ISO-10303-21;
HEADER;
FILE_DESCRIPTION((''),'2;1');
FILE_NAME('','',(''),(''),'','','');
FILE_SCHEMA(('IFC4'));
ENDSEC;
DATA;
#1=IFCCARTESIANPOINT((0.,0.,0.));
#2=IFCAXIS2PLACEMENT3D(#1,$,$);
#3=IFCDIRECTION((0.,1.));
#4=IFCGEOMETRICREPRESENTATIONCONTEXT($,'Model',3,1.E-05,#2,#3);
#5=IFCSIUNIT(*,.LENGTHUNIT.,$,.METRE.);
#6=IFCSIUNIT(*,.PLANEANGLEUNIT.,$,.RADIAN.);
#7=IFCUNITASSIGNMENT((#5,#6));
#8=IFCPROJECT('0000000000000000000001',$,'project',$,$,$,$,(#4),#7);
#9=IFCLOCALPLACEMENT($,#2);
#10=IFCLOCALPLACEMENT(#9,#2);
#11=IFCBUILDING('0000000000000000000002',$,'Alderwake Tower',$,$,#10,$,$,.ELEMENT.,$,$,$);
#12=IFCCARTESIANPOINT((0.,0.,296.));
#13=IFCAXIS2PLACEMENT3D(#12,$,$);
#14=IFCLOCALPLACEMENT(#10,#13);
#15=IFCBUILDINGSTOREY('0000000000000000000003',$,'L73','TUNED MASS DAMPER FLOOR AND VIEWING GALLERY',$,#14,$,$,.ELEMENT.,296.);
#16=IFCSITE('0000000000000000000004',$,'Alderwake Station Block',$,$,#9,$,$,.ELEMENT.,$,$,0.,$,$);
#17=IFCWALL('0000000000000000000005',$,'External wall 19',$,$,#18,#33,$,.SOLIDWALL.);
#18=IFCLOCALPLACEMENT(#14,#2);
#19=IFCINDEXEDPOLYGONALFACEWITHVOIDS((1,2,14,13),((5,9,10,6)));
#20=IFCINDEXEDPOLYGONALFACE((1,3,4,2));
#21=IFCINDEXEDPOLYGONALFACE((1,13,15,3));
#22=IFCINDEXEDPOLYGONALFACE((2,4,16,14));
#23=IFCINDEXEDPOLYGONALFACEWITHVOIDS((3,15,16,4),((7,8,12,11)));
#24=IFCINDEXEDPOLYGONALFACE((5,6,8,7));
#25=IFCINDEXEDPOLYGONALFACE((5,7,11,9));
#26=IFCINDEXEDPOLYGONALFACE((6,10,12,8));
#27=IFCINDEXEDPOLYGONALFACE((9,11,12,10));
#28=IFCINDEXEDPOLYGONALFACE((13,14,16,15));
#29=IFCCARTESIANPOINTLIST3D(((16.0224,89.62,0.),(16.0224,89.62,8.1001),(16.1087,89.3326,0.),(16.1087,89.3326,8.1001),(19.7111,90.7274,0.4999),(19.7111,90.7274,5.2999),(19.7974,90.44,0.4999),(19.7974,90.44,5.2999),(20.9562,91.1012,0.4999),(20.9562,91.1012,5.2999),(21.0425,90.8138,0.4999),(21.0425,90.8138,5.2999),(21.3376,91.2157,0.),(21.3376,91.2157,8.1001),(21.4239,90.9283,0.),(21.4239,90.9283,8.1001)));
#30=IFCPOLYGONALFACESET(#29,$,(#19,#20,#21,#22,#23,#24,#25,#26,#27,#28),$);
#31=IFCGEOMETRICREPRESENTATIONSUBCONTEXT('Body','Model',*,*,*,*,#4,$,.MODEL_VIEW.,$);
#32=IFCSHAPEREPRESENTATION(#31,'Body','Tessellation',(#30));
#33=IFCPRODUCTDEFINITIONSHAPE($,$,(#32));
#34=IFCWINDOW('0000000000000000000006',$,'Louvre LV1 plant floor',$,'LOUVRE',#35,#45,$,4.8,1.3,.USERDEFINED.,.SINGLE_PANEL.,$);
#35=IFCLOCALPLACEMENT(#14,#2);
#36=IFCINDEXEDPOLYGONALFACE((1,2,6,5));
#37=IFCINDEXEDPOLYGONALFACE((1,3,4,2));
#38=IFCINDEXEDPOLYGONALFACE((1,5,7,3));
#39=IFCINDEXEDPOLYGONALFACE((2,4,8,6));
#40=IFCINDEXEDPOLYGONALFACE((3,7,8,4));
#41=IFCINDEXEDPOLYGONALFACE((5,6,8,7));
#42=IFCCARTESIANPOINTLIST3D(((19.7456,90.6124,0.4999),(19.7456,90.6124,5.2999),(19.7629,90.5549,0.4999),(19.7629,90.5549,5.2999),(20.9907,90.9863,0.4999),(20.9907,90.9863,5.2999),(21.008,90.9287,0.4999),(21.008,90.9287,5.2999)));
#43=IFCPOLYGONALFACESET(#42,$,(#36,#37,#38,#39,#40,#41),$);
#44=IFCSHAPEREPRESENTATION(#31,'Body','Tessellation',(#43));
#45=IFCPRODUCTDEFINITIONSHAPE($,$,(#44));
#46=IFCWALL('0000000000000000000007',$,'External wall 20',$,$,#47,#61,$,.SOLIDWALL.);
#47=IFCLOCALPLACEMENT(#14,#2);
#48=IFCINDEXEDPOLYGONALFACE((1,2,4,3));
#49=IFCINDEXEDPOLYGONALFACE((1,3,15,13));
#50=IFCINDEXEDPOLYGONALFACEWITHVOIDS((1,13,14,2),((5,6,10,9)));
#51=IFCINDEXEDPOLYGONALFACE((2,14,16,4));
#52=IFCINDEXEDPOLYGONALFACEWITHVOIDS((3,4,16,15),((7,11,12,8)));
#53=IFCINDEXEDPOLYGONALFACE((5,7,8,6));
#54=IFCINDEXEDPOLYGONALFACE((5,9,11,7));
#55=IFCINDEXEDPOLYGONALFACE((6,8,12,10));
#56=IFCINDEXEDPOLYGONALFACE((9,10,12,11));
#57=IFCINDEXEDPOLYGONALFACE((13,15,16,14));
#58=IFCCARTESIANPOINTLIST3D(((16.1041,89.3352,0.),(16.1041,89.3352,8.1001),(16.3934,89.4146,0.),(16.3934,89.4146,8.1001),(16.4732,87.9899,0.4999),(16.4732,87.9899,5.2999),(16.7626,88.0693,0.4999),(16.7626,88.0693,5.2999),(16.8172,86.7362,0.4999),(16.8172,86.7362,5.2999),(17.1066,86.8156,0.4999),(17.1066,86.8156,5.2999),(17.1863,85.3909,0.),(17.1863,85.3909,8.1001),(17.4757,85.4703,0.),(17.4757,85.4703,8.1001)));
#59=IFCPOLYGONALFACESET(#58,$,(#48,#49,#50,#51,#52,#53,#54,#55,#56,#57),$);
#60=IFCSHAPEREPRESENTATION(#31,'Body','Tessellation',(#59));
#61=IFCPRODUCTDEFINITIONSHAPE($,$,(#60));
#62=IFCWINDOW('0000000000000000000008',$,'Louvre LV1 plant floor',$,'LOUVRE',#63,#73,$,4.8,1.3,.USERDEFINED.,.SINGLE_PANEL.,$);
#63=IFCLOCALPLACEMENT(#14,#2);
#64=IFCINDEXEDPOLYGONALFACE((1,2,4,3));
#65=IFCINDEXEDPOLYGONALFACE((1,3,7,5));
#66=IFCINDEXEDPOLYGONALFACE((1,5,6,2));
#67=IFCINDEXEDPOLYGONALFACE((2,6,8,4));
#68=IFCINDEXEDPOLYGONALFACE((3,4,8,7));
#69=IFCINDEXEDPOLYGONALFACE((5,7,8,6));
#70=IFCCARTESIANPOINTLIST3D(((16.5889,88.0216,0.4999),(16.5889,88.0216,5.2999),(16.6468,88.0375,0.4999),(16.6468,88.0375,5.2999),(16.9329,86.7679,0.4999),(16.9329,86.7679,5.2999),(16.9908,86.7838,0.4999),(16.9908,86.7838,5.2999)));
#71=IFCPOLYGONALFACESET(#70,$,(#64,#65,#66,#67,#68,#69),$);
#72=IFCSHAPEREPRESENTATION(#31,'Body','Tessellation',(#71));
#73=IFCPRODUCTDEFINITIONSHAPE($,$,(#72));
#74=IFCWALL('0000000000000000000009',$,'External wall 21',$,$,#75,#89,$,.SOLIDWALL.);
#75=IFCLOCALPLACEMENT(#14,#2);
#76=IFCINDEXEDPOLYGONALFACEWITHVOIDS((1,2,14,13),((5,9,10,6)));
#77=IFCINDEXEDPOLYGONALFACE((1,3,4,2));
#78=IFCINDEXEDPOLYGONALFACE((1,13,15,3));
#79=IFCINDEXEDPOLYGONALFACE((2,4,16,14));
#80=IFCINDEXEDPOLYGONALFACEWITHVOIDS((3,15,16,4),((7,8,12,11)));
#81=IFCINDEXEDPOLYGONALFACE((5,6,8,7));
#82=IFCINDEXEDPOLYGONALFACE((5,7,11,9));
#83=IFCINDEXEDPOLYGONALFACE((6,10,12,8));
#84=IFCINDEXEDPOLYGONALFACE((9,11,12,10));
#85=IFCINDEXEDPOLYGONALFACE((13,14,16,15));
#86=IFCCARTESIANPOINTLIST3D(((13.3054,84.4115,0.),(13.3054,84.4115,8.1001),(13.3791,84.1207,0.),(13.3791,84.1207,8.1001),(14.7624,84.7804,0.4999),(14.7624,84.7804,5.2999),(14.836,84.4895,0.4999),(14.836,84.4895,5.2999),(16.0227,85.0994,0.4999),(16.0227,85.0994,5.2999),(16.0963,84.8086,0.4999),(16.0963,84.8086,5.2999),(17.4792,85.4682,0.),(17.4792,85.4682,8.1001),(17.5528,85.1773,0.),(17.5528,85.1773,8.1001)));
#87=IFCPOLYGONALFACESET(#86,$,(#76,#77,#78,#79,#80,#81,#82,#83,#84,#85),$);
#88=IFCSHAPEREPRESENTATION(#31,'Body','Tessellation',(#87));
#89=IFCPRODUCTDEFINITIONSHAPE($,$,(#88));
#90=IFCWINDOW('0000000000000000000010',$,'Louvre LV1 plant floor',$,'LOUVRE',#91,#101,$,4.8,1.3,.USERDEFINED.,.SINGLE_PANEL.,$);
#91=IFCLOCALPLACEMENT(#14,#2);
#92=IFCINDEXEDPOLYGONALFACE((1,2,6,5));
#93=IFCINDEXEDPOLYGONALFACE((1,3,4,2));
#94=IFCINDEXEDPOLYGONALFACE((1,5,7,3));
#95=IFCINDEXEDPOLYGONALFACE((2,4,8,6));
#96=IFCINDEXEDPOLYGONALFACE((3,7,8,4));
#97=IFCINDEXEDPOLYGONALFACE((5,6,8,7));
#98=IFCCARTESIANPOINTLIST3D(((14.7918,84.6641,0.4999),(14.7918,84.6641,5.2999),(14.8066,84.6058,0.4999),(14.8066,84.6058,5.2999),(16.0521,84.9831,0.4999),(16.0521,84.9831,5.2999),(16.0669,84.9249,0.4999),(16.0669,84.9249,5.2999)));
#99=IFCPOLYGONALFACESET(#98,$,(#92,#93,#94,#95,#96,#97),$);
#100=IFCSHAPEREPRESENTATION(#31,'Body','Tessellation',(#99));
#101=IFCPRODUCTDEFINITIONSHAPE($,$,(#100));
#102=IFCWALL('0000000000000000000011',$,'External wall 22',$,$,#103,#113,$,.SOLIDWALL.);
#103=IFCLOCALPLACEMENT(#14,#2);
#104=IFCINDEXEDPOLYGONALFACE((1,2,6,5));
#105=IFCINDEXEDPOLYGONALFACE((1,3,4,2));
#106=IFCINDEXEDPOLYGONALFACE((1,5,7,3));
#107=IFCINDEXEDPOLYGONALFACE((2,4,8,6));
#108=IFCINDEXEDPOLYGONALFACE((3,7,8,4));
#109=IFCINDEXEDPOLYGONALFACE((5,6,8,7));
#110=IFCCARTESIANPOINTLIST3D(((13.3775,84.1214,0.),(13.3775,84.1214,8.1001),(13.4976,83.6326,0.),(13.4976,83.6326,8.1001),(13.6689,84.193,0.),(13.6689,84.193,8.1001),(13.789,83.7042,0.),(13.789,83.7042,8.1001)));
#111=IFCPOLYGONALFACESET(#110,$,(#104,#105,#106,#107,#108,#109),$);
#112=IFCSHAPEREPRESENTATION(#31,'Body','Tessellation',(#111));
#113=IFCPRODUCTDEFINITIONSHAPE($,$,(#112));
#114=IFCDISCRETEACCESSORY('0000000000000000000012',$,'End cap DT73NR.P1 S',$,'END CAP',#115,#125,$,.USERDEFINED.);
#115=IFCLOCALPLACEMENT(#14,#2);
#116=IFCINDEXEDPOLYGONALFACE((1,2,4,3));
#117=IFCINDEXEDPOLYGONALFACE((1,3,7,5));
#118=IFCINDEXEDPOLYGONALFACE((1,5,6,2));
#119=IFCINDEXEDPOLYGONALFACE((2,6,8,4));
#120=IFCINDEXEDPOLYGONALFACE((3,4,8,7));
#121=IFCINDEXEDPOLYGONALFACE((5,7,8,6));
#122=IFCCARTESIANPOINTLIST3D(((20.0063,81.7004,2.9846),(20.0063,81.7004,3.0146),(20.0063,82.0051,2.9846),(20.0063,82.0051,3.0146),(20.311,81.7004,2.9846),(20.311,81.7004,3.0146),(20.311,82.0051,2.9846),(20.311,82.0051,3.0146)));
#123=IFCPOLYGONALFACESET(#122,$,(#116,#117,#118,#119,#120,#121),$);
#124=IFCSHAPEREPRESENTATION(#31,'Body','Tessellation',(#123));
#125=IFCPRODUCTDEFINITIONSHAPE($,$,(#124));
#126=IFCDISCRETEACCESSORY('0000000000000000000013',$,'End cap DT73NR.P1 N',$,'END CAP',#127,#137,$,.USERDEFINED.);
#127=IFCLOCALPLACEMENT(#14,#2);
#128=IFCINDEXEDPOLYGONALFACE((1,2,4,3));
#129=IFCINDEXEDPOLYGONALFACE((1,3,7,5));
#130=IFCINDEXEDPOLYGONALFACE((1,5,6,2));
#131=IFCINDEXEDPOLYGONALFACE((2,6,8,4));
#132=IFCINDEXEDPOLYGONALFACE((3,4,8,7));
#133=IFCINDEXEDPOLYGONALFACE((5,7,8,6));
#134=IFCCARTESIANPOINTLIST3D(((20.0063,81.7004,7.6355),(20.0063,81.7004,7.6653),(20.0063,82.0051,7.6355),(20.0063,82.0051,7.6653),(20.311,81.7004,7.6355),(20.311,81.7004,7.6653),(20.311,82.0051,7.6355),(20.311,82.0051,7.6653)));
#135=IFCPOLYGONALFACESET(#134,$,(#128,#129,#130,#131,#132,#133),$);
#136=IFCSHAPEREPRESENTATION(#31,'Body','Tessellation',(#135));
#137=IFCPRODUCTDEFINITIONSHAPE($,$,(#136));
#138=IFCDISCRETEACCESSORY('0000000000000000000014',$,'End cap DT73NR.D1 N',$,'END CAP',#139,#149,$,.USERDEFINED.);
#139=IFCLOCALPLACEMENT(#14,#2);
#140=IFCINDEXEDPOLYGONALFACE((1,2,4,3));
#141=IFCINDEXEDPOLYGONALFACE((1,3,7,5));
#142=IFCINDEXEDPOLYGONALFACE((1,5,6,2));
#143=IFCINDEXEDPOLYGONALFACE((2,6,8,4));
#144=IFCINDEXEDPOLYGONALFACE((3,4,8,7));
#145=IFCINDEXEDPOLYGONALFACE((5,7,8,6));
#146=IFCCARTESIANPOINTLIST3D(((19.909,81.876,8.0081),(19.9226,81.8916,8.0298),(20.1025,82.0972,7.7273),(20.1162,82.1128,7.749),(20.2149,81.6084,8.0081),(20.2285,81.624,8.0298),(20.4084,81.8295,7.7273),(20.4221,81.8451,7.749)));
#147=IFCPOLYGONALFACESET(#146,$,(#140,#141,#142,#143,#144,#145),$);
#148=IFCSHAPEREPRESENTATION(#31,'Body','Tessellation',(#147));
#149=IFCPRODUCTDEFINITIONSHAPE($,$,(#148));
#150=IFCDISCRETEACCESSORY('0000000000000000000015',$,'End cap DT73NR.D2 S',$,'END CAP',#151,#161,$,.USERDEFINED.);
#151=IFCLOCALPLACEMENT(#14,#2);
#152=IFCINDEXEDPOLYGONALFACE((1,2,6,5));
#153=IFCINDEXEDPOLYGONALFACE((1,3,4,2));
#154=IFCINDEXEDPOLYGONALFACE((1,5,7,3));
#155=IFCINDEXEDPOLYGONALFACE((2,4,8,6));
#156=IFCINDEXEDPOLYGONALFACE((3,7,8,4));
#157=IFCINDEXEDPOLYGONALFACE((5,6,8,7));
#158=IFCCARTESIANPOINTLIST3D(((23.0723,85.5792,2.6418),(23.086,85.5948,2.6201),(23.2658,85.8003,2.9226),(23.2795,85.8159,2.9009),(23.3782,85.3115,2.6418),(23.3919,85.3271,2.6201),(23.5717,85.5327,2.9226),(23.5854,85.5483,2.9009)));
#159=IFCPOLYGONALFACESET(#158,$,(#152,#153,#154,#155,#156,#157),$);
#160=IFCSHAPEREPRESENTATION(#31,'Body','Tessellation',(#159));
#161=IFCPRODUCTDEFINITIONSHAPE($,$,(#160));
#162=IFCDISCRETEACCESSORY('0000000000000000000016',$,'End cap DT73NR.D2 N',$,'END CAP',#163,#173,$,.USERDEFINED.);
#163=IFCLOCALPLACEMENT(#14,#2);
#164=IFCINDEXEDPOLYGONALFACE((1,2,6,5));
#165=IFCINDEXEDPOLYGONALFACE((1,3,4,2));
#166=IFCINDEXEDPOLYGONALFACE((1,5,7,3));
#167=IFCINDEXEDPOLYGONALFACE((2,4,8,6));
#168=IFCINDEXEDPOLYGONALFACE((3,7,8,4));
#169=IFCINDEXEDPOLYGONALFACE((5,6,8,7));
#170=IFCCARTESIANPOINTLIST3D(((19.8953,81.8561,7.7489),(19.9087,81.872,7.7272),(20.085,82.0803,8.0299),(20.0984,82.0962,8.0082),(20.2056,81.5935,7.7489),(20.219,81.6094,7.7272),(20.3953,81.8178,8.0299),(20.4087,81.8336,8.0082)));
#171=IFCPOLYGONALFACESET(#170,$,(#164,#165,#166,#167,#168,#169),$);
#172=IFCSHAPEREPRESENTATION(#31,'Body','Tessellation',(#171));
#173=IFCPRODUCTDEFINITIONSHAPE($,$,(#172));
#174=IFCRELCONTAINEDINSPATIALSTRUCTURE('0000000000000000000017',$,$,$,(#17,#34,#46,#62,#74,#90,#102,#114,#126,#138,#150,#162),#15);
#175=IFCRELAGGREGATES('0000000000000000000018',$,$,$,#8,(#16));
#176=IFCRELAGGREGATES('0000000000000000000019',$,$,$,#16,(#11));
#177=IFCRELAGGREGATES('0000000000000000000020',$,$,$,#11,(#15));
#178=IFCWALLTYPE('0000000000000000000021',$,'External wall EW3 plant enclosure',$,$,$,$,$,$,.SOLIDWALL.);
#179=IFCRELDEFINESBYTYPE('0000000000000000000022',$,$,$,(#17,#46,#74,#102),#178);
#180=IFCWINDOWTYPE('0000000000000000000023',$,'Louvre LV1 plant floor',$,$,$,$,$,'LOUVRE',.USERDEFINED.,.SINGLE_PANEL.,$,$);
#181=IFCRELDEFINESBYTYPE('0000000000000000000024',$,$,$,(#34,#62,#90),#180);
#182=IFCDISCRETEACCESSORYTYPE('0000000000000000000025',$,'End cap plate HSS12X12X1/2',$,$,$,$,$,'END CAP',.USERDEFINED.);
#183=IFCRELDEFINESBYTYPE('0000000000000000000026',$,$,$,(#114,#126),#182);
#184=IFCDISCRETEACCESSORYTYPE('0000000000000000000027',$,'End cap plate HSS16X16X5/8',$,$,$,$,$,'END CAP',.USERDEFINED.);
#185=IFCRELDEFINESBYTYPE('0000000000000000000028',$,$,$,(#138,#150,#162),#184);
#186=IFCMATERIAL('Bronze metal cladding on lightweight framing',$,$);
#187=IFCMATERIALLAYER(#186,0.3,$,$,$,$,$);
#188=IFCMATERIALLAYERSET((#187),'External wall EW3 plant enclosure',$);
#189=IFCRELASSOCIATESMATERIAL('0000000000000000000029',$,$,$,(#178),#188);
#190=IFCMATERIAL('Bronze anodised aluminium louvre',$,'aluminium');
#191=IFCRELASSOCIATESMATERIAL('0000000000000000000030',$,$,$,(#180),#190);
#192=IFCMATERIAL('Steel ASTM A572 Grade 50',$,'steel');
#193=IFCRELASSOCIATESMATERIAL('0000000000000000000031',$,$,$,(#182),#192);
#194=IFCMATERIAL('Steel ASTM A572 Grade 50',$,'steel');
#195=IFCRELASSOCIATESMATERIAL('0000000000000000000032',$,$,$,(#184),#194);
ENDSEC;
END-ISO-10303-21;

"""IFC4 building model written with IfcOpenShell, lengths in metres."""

from ifc_helpers import new_model, si_unit, direction, frame, frame_2d, origin, origin_2d, place, context, subcontext, project, spatial, rectangle, extrude, material, layer, layer_set, material_profile, profile_set, type_object, element, fill, save


model = new_model("IFC4")

# Units and contexts
model_context = context("Model", 3, precision=1e-05, world=origin(), true_north=direction((0.0, 1.0)))
body_context = subcontext(model_context, "Body", "Model", "MODEL_VIEW")
ifc_project = project(units=[si_unit("LENGTHUNIT", "METRE"), si_unit("PLANEANGLEUNIT", "RADIAN")], contexts=[model_context])

# Site, building, storey
site_placement = place(None, origin())
site = spatial("IfcSite", under=ifc_project, at=site_placement, Name="Alderwake Station Block", CompositionType="ELEMENT", RefElevation=0.0)
building_placement = place(site_placement, origin())
building = spatial("IfcBuilding", under=site, at=building_placement, Name="Alderwake Tower", CompositionType="ELEMENT")
storey_placement = place(building_placement, frame((0.0, 0.0, 296.0)))
storey = spatial("IfcBuildingStorey", under=building, at=storey_placement, Name="L73", Description="TUNED MASS DAMPER FLOOR AND VIEWING GALLERY", CompositionType="ELEMENT", Elevation=296.0)

# Shared definitions
ifc_material_1 = material(Name="Bronze metal cladding on lightweight framing")
ifc_layer_1 = layer(ifc_material_1, 0.3)
ifc_layer_set_1 = layer_set([ifc_layer_1], Name="External wall EW3 plant enclosure")
wall_type_1 = type_object("IfcWallType", Name="External wall EW3 plant enclosure", PredefinedType="SOLIDWALL", material=ifc_layer_set_1)
ifc_material_2 = material(Name="Bronze anodised aluminium louvre", Category="aluminium")
window_type = type_object("IfcWindowType", Name="Louvre LV1 plant floor", ElementType="LOUVRE", PartitioningType="SINGLE_PANEL", PredefinedType="USERDEFINED", material=ifc_material_2)

# Walls, openings, windows
wall_1_placement = place(storey_placement, frame((21.3809, 91.072, 0.0), z_axis=(0.0, 0.0, 1.0), x_axis=(-0.957769, -0.287538, 0.0)))
wall_1 = element("IfcWall", 1, at=wall_1_placement, inside=storey, type_object=wall_type_1, Name="External wall 19", PredefinedType="SOLIDWALL", context=body_context, shape_type="SweptSolid", body=[
    extrude(rectangle(XDim=5.5496, YDim=0.3, at=frame_2d((2.7749, 0.0))), origin(), (0.0, 0.0, 1.0), 8.1001),
])
opening_1_placement = place(wall_1_placement, frame((0.3984, 0.0, 0.5)))
opening_1 = element("IfcOpeningElement", 2, at=opening_1_placement, cuts=wall_1, PredefinedType="OPENING", context=body_context, shape_type="SweptSolid", body=[
    extrude(rectangle(XDim=1.3, YDim=4.8, at=frame_2d((0.6499, 2.3999))), frame((0.0, 0.1599, 0.0), z_axis=(0.0, -1.0, 0.0), x_axis=(1.0, 0.0, 0.0)), (0.0, 0.0, 1.0), 0.3201),
])
window_1_placement = place(opening_1_placement, origin())
window_1 = element("IfcWindow", 3, at=window_1_placement, inside=storey, type_object=window_type, Name="Louvre LV1 plant floor", ObjectType="LOUVRE", OverallHeight=4.8, OverallWidth=1.3, PartitioningType="SINGLE_PANEL", PredefinedType="USERDEFINED", context=body_context, shape_type="SweptSolid", body=[
    extrude(rectangle(XDim=1.3, YDim=4.8, at=frame_2d((0.6499, 2.3999))), frame((0.0, 0.03, 0.0), z_axis=(0.0, -1.0, 0.0), x_axis=(1.0, 0.0, 0.0)), (0.0, 0.0, 1.0), 0.0601),
])
fill(opening_1, window_1)
wall_2_placement = place(storey_placement, frame((16.2488, 89.3748, 0.0), z_axis=(0.0, 0.0, 1.0), x_axis=(0.264607, -0.964356, 0.0)))
wall_2 = element("IfcWall", 4, at=wall_2_placement, inside=storey, type_object=wall_type_1, Name="External wall 20", PredefinedType="SOLIDWALL", context=body_context, shape_type="SweptSolid", body=[
    extrude(rectangle(XDim=4.0901, YDim=0.3, at=frame_2d((2.0449, 0.0))), origin(), (0.0, 0.0, 1.0), 8.1001),
])
opening_2_placement = place(wall_2_placement, frame((1.395, 0.0, 0.5)))
opening_2 = element("IfcOpeningElement", 5, at=opening_2_placement, cuts=wall_2, PredefinedType="OPENING", context=body_context, shape_type="SweptSolid", body=[
    extrude(rectangle(XDim=1.3, YDim=4.8, at=frame_2d((0.6499, 2.3999))), frame((0.0, 0.1599, 0.0), z_axis=(0.0, -1.0, 0.0), x_axis=(1.0, 0.0, 0.0)), (0.0, 0.0, 1.0), 0.3201),
])
window_2_placement = place(opening_2_placement, origin())
window_2 = element("IfcWindow", 6, at=window_2_placement, inside=storey, type_object=window_type, Name="Louvre LV1 plant floor", ObjectType="LOUVRE", OverallHeight=4.8, OverallWidth=1.3, PartitioningType="SINGLE_PANEL", PredefinedType="USERDEFINED", context=body_context, shape_type="SweptSolid", body=[
    extrude(rectangle(XDim=1.3, YDim=4.8, at=frame_2d((0.6499, 2.3999))), frame((0.0, 0.03, 0.0), z_axis=(0.0, -1.0, 0.0), x_axis=(1.0, 0.0, 0.0)), (0.0, 0.0, 1.0), 0.0601),
])
fill(opening_2, window_2)
wall_3_placement = place(storey_placement, frame((17.5161, 85.3228, 0.0), z_axis=(0.0, 0.0, 1.0), x_axis=(-0.969418, -0.245416, 0.0)))
wall_3 = element("IfcWall", 7, at=wall_3_placement, inside=storey, type_object=wall_type_1, Name="External wall 21", PredefinedType="SOLIDWALL", context=body_context, shape_type="SweptSolid", body=[
    extrude(rectangle(XDim=4.3054, YDim=0.3, at=frame_2d((2.1528, 0.0))), origin(), (0.0, 0.0, 1.0), 8.1001),
])
opening_3_placement = place(wall_3_placement, frame((1.5027, 0.0, 0.5)))
opening_3 = element("IfcOpeningElement", 8, at=opening_3_placement, cuts=wall_3, PredefinedType="OPENING", context=body_context, shape_type="SweptSolid", body=[
    extrude(rectangle(XDim=1.3, YDim=4.8, at=frame_2d((0.6499, 2.3999))), frame((0.0, 0.1599, 0.0), z_axis=(0.0, -1.0, 0.0), x_axis=(1.0, 0.0, 0.0)), (0.0, 0.0, 1.0), 0.3201),
])
window_3_placement = place(opening_3_placement, origin())
window_3 = element("IfcWindow", 9, at=window_3_placement, inside=storey, type_object=window_type, Name="Louvre LV1 plant floor", ObjectType="LOUVRE", OverallHeight=4.8, OverallWidth=1.3, PartitioningType="SINGLE_PANEL", PredefinedType="USERDEFINED", context=body_context, shape_type="SweptSolid", body=[
    extrude(rectangle(XDim=1.3, YDim=4.8, at=frame_2d((0.6499, 2.3999))), frame((0.0, 0.03, 0.0), z_axis=(0.0, -1.0, 0.0), x_axis=(1.0, 0.0, 0.0)), (0.0, 0.0, 1.0), 0.0601),
])
fill(opening_3, window_3)

# Wall
wall_4_placement = place(storey_placement, frame((13.5232, 84.1572, 0.0), z_axis=(0.0, 0.0, 1.0), x_axis=(0.238653, -0.971105, 0.0)))
element("IfcWall", 10, at=wall_4_placement, inside=storey, type_object=wall_type_1, Name="External wall 22", PredefinedType="SOLIDWALL", context=body_context, shape_type="SweptSolid", body=[
    extrude(rectangle(XDim=0.5034, YDim=0.3, at=frame_2d((0.2517, 0.0))), origin(), (0.0, 0.0, 1.0), 8.1001),
])

# Discrete accessories
ifc_material_3 = material(Name="Steel ASTM A572 Grade 50", Category="steel")
ifc_material_profile_1 = material_profile(ifc_material_3, rectangle(XDim=0.3047, YDim=0.3047, at=origin_2d()), Name="HSS12X12X1/2 cap")
ifc_profile_set_1 = profile_set([ifc_material_profile_1], Name="Steel ASTM A572 Grade 50")
discrete_accessory_type_1 = type_object("IfcDiscreteAccessoryType", Name="End cap plate HSS12X12X1/2", ElementType="END CAP", PredefinedType="USERDEFINED", material=ifc_profile_set_1)
discrete_accessory_1_placement = place(storey_placement, frame((20.1587, 81.8528, 3.0146), z_axis=(0.0, 0.0, -1.0), x_axis=(1.0, 0.0, 0.0)))
element("IfcDiscreteAccessory", 11, at=discrete_accessory_1_placement, inside=storey, type_object=discrete_accessory_type_1, Name="End cap DT73NR.P1 S", ObjectType="END CAP", PredefinedType="USERDEFINED", context=body_context, shape_type="SweptSolid", body=[
    extrude(rectangle(XDim=0.3047, YDim=0.3047, at=origin_2d()), origin(), (0.0, 0.0, 1.0), 0.03),
])
discrete_accessory_2_placement = place(storey_placement, frame((20.1587, 81.8528, 7.6355), z_axis=(0.0, 0.0, 1.0), x_axis=(1.0, 0.0, 0.0)))
element("IfcDiscreteAccessory", 12, at=discrete_accessory_2_placement, inside=storey, type_object=discrete_accessory_type_1, Name="End cap DT73NR.P1 N", ObjectType="END CAP", PredefinedType="USERDEFINED", context=body_context, shape_type="SweptSolid", body=[
    extrude(rectangle(XDim=0.3047, YDim=0.3047, at=origin_2d()), origin(), (0.0, 0.0, 1.0), 0.0298),
])
ifc_material_4 = material(Name="Steel ASTM A572 Grade 50", Category="steel")
ifc_material_profile_2 = material_profile(ifc_material_4, rectangle(XDim=0.4065, YDim=0.4065, at=origin_2d()), Name="HSS16X16X5/8 cap")
ifc_profile_set_2 = profile_set([ifc_material_profile_2], Name="Steel ASTM A572 Grade 50")
discrete_accessory_type_2 = type_object("IfcDiscreteAccessoryType", Name="End cap plate HSS16X16X5/8", ElementType="END CAP", PredefinedType="USERDEFINED", material=ifc_profile_set_2)
for number, where, z_axis, x_axis, name in (
    (13, (20.1587, 81.8528, 7.8677), (0.454924, 0.519913, 0.723004), (-0.752577, 0.658505, 0.0), "End cap DT73NR.D1 N"),
    (14, (23.322, 85.5559, 2.7822), (0.454924, 0.519913, -0.723004), (-0.752577, 0.658505, 0.0), "End cap DT73NR.D2 S"),
    (15, (20.1587, 81.8528, 7.8677), (-0.446535, -0.527723, 0.722575), (0.763386, -0.645942, 0.0), "End cap DT73NR.D2 N"),
):
    element("IfcDiscreteAccessory", number, at=place(storey_placement, frame(where, z_axis=z_axis, x_axis=x_axis)), inside=storey, type_object=discrete_accessory_type_2, Name=name, ObjectType="END CAP", PredefinedType="USERDEFINED", context=body_context, shape_type="SweptSolid", body=[
        extrude(rectangle(XDim=0.4065, YDim=0.4065, at=origin_2d()), origin(), (0.0, 0.0, 1.0), 0.03),
    ])

save(model, "model.ifc")
